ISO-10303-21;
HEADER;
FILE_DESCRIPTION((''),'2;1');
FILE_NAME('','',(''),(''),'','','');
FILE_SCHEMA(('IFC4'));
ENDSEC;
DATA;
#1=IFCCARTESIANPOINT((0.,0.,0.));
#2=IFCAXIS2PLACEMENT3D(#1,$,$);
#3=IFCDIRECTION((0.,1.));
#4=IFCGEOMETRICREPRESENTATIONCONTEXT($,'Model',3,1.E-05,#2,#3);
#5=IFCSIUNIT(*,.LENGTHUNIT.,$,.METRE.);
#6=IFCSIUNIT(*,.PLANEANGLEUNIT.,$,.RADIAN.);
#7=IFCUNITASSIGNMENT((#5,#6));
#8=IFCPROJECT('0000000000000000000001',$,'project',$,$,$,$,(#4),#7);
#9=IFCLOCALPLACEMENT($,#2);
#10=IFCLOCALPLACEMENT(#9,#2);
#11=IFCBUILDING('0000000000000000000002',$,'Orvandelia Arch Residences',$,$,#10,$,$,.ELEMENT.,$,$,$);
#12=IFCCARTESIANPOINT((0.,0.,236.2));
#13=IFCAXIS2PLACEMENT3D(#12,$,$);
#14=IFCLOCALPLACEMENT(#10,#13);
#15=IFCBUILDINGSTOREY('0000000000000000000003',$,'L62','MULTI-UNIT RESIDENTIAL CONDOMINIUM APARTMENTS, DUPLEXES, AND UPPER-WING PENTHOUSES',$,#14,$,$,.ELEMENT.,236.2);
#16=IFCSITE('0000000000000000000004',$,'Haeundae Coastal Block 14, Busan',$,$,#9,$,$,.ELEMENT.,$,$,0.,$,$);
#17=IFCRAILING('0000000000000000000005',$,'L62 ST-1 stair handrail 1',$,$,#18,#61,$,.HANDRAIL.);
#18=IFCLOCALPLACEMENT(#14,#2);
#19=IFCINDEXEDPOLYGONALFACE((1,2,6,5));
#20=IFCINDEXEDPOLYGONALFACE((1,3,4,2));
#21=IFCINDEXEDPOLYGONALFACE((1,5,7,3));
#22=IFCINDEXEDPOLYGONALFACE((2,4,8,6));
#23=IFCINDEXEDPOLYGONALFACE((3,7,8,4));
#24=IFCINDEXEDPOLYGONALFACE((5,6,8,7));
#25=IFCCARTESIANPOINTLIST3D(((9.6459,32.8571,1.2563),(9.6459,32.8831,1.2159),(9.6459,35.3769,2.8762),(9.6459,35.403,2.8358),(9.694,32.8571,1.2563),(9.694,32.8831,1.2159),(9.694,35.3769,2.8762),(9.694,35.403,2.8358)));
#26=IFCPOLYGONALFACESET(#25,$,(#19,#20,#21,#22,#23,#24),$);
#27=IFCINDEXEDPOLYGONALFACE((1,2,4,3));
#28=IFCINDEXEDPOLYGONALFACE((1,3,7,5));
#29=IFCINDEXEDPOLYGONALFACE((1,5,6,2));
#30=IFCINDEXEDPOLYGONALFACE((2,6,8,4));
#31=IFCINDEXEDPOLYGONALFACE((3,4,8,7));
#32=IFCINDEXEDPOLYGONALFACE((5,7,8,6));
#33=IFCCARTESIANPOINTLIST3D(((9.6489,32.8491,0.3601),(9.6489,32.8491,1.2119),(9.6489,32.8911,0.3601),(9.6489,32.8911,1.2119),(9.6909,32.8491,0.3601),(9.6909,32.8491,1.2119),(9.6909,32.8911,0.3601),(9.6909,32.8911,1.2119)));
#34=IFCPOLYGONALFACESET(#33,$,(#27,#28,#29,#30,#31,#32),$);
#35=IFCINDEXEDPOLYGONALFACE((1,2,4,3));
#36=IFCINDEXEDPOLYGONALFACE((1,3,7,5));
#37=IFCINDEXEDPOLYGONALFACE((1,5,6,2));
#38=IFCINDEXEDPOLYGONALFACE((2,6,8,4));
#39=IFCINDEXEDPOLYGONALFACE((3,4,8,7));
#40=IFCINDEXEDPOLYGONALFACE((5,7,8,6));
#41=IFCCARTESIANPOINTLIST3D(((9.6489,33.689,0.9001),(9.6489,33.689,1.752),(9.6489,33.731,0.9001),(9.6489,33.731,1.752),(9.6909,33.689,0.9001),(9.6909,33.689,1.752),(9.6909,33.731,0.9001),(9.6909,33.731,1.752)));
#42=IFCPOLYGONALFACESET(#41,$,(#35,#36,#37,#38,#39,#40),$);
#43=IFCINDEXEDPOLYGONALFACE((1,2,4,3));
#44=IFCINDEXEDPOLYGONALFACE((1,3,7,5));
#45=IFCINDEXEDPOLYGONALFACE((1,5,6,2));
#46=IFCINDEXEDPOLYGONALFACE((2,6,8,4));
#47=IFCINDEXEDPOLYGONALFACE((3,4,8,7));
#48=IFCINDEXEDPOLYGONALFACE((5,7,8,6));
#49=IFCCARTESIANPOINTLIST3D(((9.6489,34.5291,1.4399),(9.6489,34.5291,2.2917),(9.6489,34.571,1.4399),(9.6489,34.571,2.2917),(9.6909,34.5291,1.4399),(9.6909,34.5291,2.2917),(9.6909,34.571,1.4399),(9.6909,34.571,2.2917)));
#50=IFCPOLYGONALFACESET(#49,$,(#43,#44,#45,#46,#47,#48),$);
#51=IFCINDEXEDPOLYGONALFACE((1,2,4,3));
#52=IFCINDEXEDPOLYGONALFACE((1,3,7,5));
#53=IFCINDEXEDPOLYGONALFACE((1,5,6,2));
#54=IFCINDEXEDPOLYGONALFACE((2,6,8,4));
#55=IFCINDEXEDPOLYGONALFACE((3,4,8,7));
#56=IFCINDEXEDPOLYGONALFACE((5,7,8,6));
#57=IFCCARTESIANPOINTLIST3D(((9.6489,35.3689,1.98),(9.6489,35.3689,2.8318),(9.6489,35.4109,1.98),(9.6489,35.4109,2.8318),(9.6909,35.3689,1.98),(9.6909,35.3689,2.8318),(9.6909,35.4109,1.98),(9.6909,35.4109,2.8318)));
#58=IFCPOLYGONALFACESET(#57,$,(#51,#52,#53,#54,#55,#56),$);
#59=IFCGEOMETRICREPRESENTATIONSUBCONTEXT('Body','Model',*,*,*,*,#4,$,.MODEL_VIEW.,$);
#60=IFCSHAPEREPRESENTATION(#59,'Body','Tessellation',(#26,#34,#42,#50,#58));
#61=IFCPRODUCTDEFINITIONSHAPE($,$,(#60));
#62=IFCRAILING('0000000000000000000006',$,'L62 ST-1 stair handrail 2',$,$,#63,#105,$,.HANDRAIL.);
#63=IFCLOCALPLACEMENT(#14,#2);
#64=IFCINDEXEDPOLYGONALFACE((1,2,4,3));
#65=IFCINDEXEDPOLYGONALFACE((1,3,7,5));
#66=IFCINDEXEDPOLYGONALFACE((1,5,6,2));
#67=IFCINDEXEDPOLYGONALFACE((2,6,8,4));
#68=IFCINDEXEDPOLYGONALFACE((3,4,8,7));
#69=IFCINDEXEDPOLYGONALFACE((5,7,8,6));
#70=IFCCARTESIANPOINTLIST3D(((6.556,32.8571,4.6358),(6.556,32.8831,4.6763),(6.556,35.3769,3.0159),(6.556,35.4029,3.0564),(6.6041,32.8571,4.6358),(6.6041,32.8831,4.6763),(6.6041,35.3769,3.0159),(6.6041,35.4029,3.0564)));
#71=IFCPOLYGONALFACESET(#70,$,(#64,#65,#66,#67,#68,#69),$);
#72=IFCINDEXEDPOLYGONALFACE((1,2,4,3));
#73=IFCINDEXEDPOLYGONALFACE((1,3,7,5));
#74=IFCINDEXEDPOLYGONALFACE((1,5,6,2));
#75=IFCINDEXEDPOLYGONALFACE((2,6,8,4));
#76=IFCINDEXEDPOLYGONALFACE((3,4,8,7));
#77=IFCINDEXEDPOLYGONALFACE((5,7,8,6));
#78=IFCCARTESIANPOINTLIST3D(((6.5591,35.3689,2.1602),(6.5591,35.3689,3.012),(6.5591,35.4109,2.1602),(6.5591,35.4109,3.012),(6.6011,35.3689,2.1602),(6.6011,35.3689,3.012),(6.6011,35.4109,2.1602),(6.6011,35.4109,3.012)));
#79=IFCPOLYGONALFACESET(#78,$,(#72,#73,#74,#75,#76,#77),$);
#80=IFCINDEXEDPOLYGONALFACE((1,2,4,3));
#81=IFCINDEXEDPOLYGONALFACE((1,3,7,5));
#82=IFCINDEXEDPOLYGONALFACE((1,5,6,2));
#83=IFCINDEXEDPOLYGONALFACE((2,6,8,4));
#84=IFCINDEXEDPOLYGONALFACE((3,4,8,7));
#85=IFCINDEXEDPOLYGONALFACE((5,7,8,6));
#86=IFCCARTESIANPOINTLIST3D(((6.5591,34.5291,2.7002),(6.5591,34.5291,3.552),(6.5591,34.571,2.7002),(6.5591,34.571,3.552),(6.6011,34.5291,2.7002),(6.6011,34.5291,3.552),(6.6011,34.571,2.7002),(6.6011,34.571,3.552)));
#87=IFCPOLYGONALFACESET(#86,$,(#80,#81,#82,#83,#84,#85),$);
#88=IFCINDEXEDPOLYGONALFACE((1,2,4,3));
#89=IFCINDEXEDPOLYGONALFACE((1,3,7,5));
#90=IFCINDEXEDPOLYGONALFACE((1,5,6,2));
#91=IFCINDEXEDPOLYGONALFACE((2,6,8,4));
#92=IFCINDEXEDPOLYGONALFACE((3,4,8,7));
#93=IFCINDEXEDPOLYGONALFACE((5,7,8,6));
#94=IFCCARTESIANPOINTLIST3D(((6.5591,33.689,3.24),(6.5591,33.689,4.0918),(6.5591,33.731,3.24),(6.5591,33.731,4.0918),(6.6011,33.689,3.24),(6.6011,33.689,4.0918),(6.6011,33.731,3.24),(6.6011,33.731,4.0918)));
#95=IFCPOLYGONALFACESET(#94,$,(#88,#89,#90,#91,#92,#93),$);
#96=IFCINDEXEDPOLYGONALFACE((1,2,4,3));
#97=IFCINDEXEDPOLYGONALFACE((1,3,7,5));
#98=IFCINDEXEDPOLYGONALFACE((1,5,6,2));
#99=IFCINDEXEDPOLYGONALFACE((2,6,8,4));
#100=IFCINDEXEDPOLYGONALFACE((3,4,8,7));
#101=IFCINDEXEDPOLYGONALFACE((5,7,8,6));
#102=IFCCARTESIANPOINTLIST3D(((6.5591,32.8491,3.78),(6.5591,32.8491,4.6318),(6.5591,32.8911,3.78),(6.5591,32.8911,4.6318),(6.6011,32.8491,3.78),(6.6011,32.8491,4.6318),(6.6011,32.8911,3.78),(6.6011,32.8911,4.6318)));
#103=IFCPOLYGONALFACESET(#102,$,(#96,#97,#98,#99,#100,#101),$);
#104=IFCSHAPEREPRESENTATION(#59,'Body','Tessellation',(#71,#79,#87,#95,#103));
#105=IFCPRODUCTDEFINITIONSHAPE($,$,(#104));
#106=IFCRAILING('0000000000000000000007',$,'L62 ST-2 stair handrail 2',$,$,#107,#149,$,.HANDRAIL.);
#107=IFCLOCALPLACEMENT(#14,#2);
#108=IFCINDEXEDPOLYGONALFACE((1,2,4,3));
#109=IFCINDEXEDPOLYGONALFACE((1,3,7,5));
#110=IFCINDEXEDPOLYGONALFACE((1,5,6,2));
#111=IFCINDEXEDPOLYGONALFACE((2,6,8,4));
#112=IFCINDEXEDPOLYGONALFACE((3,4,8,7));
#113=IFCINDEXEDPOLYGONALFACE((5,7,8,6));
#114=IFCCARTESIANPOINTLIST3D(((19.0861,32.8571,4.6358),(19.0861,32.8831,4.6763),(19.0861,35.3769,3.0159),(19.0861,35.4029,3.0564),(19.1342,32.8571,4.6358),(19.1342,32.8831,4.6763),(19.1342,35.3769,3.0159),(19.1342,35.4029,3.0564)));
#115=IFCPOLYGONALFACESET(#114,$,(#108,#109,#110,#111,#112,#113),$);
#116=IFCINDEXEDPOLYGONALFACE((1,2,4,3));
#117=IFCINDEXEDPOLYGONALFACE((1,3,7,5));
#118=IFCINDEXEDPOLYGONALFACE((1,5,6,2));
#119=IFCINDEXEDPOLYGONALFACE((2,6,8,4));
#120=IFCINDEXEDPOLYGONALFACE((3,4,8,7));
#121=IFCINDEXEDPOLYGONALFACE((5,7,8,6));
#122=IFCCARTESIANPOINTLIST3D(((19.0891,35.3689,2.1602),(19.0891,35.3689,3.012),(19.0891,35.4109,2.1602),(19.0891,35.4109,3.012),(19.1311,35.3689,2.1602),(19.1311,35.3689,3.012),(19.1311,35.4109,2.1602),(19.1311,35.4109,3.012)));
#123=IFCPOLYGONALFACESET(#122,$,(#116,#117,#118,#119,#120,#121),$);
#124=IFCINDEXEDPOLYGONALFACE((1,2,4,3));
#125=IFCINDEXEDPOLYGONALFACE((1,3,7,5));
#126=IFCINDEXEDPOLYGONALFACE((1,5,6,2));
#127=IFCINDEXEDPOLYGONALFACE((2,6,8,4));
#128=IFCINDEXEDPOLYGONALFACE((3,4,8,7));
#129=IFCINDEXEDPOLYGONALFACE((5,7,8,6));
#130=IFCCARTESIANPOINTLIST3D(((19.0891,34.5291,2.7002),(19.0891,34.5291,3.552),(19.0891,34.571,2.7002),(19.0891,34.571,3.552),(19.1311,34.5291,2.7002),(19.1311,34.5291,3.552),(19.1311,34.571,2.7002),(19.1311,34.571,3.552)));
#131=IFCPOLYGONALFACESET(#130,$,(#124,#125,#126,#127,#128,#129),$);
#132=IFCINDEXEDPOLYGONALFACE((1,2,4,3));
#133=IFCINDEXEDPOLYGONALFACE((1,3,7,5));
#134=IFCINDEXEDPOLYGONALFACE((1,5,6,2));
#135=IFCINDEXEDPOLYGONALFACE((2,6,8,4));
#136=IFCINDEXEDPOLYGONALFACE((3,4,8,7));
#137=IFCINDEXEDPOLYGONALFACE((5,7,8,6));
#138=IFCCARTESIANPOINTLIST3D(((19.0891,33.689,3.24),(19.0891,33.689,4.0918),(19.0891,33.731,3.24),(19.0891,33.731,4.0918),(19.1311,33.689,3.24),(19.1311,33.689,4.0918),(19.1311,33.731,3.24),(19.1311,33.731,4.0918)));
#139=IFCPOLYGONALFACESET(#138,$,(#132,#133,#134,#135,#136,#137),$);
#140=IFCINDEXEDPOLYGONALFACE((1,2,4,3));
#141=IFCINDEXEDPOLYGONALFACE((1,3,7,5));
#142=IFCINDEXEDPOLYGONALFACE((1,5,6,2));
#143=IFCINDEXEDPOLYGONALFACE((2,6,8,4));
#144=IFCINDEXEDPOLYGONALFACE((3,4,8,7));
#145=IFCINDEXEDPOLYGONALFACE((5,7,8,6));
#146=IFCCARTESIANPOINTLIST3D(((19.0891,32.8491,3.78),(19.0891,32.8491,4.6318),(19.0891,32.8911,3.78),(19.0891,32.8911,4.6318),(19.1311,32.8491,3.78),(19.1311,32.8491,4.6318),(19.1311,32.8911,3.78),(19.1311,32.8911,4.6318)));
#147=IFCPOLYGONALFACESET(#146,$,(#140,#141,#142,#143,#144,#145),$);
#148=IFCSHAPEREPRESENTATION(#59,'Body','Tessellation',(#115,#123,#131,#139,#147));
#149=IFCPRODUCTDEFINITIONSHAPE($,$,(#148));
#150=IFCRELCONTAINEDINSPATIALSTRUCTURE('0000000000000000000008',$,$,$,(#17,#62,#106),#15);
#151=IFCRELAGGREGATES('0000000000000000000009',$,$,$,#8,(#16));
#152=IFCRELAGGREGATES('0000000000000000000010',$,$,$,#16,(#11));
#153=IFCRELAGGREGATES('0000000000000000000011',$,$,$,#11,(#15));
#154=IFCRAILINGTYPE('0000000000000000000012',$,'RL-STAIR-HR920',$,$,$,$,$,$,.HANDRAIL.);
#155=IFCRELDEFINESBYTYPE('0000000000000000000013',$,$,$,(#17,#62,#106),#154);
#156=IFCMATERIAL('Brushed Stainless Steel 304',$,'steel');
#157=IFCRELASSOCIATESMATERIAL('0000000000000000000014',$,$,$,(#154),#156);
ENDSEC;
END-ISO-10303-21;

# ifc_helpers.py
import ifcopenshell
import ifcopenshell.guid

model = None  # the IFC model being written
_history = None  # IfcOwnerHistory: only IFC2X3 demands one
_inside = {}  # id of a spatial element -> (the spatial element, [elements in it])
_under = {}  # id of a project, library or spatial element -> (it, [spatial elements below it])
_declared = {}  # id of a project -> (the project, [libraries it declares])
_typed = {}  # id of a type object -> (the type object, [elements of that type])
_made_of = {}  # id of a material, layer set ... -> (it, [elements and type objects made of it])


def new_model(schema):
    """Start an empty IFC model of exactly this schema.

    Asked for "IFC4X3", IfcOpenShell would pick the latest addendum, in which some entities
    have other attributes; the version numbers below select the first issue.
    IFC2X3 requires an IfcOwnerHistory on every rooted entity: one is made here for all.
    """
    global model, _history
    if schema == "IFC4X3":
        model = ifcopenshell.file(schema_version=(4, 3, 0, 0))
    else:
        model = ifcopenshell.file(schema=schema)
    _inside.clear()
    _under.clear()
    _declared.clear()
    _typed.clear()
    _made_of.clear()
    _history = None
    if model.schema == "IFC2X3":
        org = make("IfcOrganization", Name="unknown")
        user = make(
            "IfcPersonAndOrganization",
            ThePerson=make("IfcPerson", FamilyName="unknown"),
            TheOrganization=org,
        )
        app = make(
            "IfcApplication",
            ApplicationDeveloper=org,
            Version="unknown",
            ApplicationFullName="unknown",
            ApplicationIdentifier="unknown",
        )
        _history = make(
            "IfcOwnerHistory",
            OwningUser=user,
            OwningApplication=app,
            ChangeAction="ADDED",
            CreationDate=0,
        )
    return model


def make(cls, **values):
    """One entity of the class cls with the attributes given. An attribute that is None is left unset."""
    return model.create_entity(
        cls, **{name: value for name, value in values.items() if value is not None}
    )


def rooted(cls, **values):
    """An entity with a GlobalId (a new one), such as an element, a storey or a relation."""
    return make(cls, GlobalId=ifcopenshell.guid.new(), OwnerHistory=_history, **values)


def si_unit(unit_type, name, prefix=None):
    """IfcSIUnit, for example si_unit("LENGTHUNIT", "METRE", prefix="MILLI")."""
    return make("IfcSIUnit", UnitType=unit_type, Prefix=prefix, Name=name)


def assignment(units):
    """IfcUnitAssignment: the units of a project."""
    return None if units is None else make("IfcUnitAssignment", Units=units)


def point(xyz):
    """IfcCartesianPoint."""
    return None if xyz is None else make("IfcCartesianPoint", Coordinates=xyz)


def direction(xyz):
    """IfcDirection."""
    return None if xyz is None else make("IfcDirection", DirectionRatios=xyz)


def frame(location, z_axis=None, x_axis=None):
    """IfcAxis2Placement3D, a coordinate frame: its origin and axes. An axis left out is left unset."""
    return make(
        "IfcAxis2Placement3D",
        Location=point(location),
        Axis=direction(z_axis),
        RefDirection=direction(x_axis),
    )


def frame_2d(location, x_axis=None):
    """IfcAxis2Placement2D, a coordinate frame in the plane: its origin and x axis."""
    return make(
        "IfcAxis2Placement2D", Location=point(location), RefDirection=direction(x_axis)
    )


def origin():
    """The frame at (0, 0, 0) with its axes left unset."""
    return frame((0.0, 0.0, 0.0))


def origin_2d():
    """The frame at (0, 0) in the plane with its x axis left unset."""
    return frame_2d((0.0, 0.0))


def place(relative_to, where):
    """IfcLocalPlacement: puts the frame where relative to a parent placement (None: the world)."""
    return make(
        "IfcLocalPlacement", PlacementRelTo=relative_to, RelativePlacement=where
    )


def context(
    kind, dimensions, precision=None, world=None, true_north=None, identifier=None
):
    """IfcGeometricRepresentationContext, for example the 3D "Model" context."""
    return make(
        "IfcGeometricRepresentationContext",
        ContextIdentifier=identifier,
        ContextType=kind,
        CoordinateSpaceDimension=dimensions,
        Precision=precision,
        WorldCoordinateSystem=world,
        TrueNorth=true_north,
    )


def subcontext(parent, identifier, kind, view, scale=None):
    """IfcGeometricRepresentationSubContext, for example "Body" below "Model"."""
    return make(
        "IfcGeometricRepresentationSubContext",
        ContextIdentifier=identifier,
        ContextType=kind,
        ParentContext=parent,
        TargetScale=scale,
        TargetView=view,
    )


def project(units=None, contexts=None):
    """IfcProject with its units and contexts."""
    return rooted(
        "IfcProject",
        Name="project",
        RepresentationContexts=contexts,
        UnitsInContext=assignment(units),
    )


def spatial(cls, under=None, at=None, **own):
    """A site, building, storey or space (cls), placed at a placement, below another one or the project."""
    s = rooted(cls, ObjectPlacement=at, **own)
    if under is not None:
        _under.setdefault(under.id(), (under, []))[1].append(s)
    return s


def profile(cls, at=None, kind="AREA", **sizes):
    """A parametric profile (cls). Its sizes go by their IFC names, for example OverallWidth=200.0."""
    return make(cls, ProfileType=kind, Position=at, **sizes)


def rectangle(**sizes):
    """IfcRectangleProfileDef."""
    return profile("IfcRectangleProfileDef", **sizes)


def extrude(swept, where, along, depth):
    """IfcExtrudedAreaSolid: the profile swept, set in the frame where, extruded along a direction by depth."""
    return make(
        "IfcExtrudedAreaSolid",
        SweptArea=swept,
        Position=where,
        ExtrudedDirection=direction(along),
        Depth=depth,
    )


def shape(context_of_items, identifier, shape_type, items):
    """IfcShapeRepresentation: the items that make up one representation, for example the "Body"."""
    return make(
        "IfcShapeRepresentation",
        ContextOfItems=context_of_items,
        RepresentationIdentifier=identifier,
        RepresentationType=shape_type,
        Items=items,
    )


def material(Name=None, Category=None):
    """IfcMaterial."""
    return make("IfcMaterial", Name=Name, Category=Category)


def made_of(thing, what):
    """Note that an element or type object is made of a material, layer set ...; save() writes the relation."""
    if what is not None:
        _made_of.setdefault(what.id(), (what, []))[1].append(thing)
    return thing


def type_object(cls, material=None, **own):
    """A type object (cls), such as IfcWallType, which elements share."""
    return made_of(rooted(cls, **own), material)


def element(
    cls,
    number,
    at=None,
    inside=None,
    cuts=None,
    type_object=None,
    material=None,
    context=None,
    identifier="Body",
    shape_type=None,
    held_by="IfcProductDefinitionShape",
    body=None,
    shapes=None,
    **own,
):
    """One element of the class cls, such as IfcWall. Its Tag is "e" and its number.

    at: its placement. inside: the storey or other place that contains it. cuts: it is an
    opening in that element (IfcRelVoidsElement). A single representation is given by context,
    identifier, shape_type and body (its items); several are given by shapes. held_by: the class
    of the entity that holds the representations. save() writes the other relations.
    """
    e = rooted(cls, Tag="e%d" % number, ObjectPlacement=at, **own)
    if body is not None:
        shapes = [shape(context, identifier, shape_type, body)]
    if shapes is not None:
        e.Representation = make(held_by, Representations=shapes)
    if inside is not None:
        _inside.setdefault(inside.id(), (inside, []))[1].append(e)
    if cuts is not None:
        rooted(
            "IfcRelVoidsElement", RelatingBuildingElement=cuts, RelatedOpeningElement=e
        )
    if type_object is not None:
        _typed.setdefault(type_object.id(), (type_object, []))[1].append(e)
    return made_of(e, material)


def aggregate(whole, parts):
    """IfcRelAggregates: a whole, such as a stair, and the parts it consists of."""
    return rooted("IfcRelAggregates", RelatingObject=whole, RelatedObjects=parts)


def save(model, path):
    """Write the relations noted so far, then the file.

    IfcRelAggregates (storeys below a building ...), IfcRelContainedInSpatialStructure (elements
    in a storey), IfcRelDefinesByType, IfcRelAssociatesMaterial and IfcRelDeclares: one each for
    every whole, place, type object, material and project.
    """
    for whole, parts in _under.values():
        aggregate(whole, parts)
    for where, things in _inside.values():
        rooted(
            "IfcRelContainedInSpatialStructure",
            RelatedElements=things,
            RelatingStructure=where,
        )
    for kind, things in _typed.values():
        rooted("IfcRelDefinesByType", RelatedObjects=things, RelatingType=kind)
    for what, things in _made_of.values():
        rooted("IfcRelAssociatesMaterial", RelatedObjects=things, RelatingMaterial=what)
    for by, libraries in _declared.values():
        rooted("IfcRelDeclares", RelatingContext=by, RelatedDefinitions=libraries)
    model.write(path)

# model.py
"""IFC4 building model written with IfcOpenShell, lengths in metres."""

from ifc_helpers import new_model, si_unit, direction, frame, origin, origin_2d, place, context, subcontext, project, spatial, rectangle, extrude, material, type_object, element, save


model = new_model("IFC4")

# Units and contexts
model_context = context("Model", 3, precision=1e-05, world=origin(), true_north=direction((0.0, 1.0)))
body_context = subcontext(model_context, "Body", "Model", "MODEL_VIEW")
ifc_project = project(units=[si_unit("LENGTHUNIT", "METRE"), si_unit("PLANEANGLEUNIT", "RADIAN")], contexts=[model_context])

# Site, building, storey
site_placement = place(None, origin())
site = spatial("IfcSite", under=ifc_project, at=site_placement, Name="Haeundae Coastal Block 14, Busan", CompositionType="ELEMENT", RefElevation=0.0)
building_placement = place(site_placement, origin())
building = spatial("IfcBuilding", under=site, at=building_placement, Name="Orvandelia Arch Residences", CompositionType="ELEMENT")
storey_placement = place(building_placement, frame((0.0, 0.0, 236.2)))
storey = spatial("IfcBuildingStorey", under=building, at=storey_placement, Name="L62", Description="MULTI-UNIT RESIDENTIAL CONDOMINIUM APARTMENTS, DUPLEXES, AND UPPER-WING PENTHOUSES", CompositionType="ELEMENT", Elevation=236.2)

# Railings
ifc_material_1 = material(Name="Brushed Stainless Steel 304", Category="steel")
railing_type_1 = type_object("IfcRailingType", Name="RL-STAIR-HR920", PredefinedType="HANDRAIL", material=ifc_material_1)
railing_1_placement = place(storey_placement, frame((9.6699, 32.8701, 0.3601)))
element("IfcRailing", 1, at=railing_1_placement, inside=storey, type_object=railing_type_1, Name="L62 ST-1 stair handrail 1", PredefinedType="HANDRAIL", context=body_context, shape_type="SweptSolid", body=[
    extrude(rectangle(XDim=0.0481, YDim=0.0481, at=origin_2d()), frame((0.0, 0.0, 0.876), z_axis=(0.0, 0.841176, 0.540762), x_axis=(-1.0, 0.0, 0.0)), (0.0, 0.0, 1.0), 2.9956),
    extrude(rectangle(XDim=0.042, YDim=0.042, at=origin_2d()), origin(), (0.0, 0.0, 1.0), 0.8518),
    extrude(rectangle(XDim=0.042, YDim=0.042, at=origin_2d()), frame((0.0, 0.8398, 0.54)), (0.0, 0.0, 1.0), 0.8518),
    extrude(rectangle(XDim=0.042, YDim=0.042, at=origin_2d()), frame((0.0, 1.6799, 1.0798)), (0.0, 0.0, 1.0), 0.8518),
    extrude(rectangle(XDim=0.042, YDim=0.042, at=origin_2d()), frame((0.0, 2.5198, 1.6199)), (0.0, 0.0, 1.0), 0.8518),
])
for number, where, name in (
    (2, (6.5801, 35.3899, 2.1602), "L62 ST-1 stair handrail 2"),
    (3, (19.1101, 35.3899, 2.1602), "L62 ST-2 stair handrail 2"),
):
    element("IfcRailing", number, at=place(storey_placement, frame(where)), inside=storey, type_object=railing_type_1, Name=name, PredefinedType="HANDRAIL", context=body_context, shape_type="SweptSolid", body=[
        extrude(rectangle(XDim=0.0481, YDim=0.0481, at=origin_2d()), frame((0.0, 0.0, 0.876), z_axis=(0.0, -0.841176, 0.540762), x_axis=(1.0, 0.0, 0.0)), (0.0, 0.0, 1.0), 2.9956),
        extrude(rectangle(XDim=0.042, YDim=0.042, at=origin_2d()), origin(), (0.0, 0.0, 1.0), 0.8518),
        extrude(rectangle(XDim=0.042, YDim=0.042, at=origin_2d()), frame((0.0, -0.8398, 0.54)), (0.0, 0.0, 1.0), 0.8518),
        extrude(rectangle(XDim=0.042, YDim=0.042, at=origin_2d()), frame((0.0, -1.6799, 1.0798)), (0.0, 0.0, 1.0), 0.8518),
        extrude(rectangle(XDim=0.042, YDim=0.042, at=origin_2d()), frame((0.0, -2.5198, 1.6199)), (0.0, 0.0, 1.0), 0.8518),
    ])

save(model, "model.ifc")
